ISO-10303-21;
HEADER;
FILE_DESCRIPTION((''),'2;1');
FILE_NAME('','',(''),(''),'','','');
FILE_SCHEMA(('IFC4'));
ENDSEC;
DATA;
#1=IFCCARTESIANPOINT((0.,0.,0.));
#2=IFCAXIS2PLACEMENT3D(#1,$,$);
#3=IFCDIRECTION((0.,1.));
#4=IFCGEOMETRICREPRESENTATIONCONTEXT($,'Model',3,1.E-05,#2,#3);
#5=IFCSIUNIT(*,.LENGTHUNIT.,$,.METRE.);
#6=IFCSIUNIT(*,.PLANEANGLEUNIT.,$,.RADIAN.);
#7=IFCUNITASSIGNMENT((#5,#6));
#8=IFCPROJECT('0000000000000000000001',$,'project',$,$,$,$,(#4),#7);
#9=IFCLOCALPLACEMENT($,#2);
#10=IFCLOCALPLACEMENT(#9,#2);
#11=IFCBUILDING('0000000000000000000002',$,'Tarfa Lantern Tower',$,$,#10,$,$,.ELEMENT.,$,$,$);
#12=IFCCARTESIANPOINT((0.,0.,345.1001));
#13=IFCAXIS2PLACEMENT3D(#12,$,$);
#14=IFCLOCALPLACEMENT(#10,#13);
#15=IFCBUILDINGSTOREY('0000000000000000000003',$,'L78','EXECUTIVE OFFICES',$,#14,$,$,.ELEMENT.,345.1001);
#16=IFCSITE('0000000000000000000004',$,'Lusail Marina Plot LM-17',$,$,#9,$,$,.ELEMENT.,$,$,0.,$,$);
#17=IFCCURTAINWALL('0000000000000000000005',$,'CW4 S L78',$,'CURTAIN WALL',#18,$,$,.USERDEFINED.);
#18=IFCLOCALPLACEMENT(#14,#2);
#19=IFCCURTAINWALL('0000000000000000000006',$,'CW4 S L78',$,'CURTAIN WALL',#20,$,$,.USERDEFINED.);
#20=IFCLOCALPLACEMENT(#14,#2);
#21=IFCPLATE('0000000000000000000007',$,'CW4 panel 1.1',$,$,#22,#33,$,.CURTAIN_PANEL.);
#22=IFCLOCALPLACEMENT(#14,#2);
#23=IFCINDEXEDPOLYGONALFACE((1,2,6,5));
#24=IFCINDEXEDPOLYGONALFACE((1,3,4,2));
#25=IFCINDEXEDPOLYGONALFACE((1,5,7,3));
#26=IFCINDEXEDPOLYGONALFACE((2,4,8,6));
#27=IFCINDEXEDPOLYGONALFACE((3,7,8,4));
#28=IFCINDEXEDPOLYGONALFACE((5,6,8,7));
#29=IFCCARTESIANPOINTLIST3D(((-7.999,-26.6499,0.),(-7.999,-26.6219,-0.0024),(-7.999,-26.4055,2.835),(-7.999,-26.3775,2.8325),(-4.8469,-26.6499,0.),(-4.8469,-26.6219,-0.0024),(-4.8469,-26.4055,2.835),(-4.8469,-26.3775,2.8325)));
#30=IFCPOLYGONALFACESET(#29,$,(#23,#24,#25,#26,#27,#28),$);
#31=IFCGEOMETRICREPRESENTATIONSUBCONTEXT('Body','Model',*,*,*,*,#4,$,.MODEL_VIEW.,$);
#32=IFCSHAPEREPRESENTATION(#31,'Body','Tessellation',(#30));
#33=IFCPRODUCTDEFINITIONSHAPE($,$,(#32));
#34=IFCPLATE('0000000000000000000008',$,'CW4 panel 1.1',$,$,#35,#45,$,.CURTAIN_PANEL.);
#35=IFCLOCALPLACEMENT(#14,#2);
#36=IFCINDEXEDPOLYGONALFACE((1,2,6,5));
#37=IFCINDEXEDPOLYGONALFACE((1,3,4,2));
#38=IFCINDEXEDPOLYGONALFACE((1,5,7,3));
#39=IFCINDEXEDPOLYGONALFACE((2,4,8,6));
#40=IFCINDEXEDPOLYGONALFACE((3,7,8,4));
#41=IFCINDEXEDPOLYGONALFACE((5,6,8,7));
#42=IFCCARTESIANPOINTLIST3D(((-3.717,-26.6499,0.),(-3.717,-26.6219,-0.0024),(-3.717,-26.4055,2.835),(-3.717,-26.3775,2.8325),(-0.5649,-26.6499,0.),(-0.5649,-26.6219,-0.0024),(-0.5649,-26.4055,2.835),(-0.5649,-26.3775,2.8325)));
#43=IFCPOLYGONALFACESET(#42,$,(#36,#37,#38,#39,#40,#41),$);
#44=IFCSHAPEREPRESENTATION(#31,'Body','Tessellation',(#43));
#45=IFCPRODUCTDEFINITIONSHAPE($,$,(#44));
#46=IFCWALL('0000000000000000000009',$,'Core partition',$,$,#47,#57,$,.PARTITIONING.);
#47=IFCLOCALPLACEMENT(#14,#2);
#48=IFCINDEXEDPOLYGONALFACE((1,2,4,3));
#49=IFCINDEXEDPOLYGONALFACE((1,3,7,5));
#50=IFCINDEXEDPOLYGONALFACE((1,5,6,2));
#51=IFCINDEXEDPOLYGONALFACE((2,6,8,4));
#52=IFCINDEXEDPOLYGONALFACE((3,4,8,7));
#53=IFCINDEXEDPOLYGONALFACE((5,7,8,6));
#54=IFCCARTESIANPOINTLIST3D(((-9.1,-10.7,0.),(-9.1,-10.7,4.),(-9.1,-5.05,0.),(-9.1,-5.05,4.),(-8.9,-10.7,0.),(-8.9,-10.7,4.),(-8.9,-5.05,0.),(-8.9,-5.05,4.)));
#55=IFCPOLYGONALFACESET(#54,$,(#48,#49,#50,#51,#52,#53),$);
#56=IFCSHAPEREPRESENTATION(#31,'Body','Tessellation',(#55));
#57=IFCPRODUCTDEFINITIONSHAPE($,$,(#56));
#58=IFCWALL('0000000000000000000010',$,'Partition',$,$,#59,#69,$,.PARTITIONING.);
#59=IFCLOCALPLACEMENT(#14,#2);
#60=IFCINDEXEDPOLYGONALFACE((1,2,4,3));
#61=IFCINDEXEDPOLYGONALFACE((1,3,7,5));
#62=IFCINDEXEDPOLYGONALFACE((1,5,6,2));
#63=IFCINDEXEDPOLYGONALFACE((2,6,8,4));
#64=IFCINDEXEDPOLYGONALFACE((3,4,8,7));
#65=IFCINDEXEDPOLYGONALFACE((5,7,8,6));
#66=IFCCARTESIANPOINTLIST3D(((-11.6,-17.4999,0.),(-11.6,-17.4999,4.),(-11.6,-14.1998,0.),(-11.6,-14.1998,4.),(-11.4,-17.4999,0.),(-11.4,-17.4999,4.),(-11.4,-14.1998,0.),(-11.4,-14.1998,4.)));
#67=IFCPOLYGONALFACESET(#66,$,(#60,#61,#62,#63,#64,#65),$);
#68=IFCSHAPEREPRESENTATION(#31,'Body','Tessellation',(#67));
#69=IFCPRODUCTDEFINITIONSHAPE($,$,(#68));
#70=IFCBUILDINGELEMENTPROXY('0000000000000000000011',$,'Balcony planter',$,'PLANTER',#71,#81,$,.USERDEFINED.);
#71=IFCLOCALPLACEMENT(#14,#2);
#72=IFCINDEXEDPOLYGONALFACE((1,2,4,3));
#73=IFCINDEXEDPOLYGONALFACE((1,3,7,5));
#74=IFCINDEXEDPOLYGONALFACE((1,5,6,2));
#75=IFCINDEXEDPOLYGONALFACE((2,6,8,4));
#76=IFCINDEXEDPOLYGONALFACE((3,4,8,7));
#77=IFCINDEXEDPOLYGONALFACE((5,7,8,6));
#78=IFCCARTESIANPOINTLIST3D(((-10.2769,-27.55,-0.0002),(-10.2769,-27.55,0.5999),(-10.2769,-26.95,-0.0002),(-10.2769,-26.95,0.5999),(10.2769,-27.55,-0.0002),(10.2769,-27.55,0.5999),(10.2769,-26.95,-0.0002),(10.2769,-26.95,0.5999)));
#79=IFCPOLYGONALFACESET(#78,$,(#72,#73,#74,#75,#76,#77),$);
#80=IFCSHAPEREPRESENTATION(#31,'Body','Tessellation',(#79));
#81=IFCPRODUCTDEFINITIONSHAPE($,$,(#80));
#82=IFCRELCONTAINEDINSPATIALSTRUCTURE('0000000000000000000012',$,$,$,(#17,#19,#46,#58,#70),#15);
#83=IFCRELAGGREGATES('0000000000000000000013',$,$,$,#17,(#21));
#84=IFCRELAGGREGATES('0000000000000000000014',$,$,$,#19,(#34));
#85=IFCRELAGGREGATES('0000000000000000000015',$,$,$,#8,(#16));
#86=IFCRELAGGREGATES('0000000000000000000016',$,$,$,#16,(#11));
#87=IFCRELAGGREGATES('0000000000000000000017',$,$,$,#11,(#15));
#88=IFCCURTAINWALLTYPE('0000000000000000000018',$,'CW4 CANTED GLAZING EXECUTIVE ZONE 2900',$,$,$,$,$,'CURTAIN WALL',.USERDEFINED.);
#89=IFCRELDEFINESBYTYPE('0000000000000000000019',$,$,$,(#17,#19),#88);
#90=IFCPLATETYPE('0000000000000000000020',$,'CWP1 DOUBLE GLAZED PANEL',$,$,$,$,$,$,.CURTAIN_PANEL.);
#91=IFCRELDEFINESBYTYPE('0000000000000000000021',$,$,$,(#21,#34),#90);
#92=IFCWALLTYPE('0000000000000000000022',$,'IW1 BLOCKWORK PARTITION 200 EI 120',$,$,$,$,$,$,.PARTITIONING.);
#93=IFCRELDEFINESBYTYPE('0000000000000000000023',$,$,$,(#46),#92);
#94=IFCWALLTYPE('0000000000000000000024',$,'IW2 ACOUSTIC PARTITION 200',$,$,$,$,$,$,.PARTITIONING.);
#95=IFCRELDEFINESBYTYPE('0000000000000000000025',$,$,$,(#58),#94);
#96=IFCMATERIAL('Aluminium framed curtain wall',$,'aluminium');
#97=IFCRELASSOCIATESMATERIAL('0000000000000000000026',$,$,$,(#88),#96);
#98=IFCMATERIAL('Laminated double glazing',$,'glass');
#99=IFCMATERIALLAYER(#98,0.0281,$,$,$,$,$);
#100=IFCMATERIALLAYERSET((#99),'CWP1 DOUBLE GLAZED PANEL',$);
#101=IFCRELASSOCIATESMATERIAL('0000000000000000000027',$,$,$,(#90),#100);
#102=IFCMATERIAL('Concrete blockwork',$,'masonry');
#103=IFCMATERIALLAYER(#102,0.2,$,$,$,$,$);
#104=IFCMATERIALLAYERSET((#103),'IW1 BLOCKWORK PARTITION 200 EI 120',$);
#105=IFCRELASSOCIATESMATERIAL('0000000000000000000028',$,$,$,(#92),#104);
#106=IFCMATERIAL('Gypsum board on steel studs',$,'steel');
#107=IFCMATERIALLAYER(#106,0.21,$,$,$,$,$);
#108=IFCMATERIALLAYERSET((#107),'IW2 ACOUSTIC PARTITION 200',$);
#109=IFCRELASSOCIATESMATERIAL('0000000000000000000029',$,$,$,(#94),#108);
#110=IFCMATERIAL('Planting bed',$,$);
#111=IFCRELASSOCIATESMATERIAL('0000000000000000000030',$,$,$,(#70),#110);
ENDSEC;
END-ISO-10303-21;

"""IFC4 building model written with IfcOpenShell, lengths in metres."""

from ifc_helpers import new_model, si_unit, direction, frame, frame_2d, origin, origin_2d, place, context, subcontext, project, spatial, polyline, rectangle, outline, extrude, material, layer, layer_set, type_object, element, aggregate, save


model = new_model("IFC4")

# Units and contexts
model_context = context("Model", 3, precision=1e-05, world=origin(), true_north=direction((0.0, 1.0)))
body_context = subcontext(model_context, "Body", "Model", "MODEL_VIEW")
ifc_project = project(units=[si_unit("LENGTHUNIT", "METRE"), si_unit("PLANEANGLEUNIT", "RADIAN")], contexts=[model_context])

# Site, building, storey
site_placement = place(None, origin())
site = spatial("IfcSite", under=ifc_project, at=site_placement, Name="Lusail Marina Plot LM-17", CompositionType="ELEMENT", RefElevation=0.0)
building_placement = place(site_placement, origin())
building = spatial("IfcBuilding", under=site, at=building_placement, Name="Tarfa Lantern Tower", CompositionType="ELEMENT")
storey_placement = place(building_placement, frame((0.0, 0.0, 345.1001)))
storey = spatial("IfcBuildingStorey", under=building, at=storey_placement, Name="L78", Description="EXECUTIVE OFFICES", CompositionType="ELEMENT", Elevation=345.1001)

# Shared definitions
ifc_material_1 = material(Name="Aluminium framed curtain wall", Category="aluminium")
curtain_wall_type = type_object("IfcCurtainWallType", Name="CW4 CANTED GLAZING EXECUTIVE ZONE 2900", ElementType="CURTAIN WALL", PredefinedType="USERDEFINED", material=ifc_material_1)

# Curtain walls
curtain_wall_1_placement = place(storey_placement, origin())
curtain_wall_1 = element("IfcCurtainWall", 1, at=curtain_wall_1_placement, inside=storey, type_object=curtain_wall_type, Name="CW4 S L78", ObjectType="CURTAIN WALL", PredefinedType="USERDEFINED")
curtain_wall_2_placement = place(storey_placement, origin())
curtain_wall_2 = element("IfcCurtainWall", 2, at=curtain_wall_2_placement, inside=storey, type_object=curtain_wall_type, Name="CW4 S L78", ObjectType="CURTAIN WALL", PredefinedType="USERDEFINED")

# Plates
ifc_material_2 = material(Name="Laminated double glazing", Category="glass")
ifc_layer_1 = layer(ifc_material_2, 0.0281)
ifc_layer_set_1 = layer_set([ifc_layer_1], Name="CWP1 DOUBLE GLAZED PANEL")
plate_type = type_object("IfcPlateType", Name="CWP1 DOUBLE GLAZED PANEL", PredefinedType="CURTAIN_PANEL", material=ifc_layer_set_1)
plate_1_placement = place(storey_placement, frame((-7.999, -26.6499, 0.0), z_axis=(0.0, -0.996305, 0.085885), x_axis=(1.0, 0.0, 0.0)))
plate_1 = element("IfcPlate", 3, at=plate_1_placement, type_object=plate_type, Name="CW4 panel 1.1", PredefinedType="CURTAIN_PANEL", context=body_context, shape_type="SweptSolid", body=[
    extrude(outline(polyline([(0.0, 0.0), (3.1521, 0.0), (3.1521, 2.8455), (0.0, 2.8455), (0.0, 0.0)])), origin(), (0.0, 0.0, -1.0), 0.0281),
])
aggregate(curtain_wall_1, [plate_1])
plate_2_placement = place(storey_placement, frame((-3.717, -26.6499, 0.0), z_axis=(0.0, -0.996305, 0.085885), x_axis=(1.0, 0.0, 0.0)))
plate_2 = element("IfcPlate", 4, at=plate_2_placement, type_object=plate_type, Name="CW4 panel 1.1", PredefinedType="CURTAIN_PANEL", context=body_context, shape_type="SweptSolid", body=[
    extrude(outline(polyline([(0.0, 0.0), (3.1521, 0.0), (3.1521, 2.8455), (0.0, 2.8455), (0.0, 0.0)])), origin(), (0.0, 0.0, -1.0), 0.0281),
])
aggregate(curtain_wall_2, [plate_2])

# Walls
ifc_material_3 = material(Name="Concrete blockwork", Category="masonry")
ifc_layer_2 = layer(ifc_material_3, 0.2)
ifc_layer_set_2 = layer_set([ifc_layer_2], Name="IW1 BLOCKWORK PARTITION 200 EI 120")
wall_type_1 = type_object("IfcWallType", Name="IW1 BLOCKWORK PARTITION 200 EI 120", PredefinedType="PARTITIONING", material=ifc_layer_set_2)
wall_1_placement = place(storey_placement, frame((-9.0, -5.05, 0.0), z_axis=(0.0, 0.0, 1.0), x_axis=(0.0, -1.0, 0.0)))
element("IfcWall", 5, at=wall_1_placement, inside=storey, type_object=wall_type_1, Name="Core partition", PredefinedType="PARTITIONING", context=body_context, shape_type="SweptSolid", body=[
    extrude(rectangle(XDim=5.6499, YDim=0.2, at=frame_2d((2.825, 0.0))), origin(), (0.0, 0.0, 1.0), 4.0),
])
ifc_material_4 = material(Name="Gypsum board on steel studs", Category="steel")
ifc_layer_3 = layer(ifc_material_4, 0.21)
ifc_layer_set_3 = layer_set([ifc_layer_3], Name="IW2 ACOUSTIC PARTITION 200")
wall_type_2 = type_object("IfcWallType", Name="IW2 ACOUSTIC PARTITION 200", PredefinedType="PARTITIONING", material=ifc_layer_set_3)
wall_2_placement = place(storey_placement, frame((-11.5, -14.2, 0.0), z_axis=(0.0, 0.0, 1.0), x_axis=(0.0, -1.0, 0.0)))
element("IfcWall", 6, at=wall_2_placement, inside=storey, type_object=wall_type_2, Name="Partition", PredefinedType="PARTITIONING", context=body_context, shape_type="SweptSolid", body=[
    extrude(rectangle(XDim=3.3, YDim=0.2, at=frame_2d((1.6499, 0.0))), origin(), (0.0, 0.0, 1.0), 4.0),
])

# Building element proxy
ifc_material_5 = material(Name="Planting bed")
proxy_placement = place(storey_placement, frame((0.0, -27.25, -0.0002), z_axis=(0.0, 0.0, 1.0), x_axis=(1.0, 0.0, 0.0)))
element("IfcBuildingElementProxy", 7, at=proxy_placement, inside=storey, material=ifc_material_5, Name="Balcony planter", ObjectType="PLANTER", PredefinedType="USERDEFINED", context=body_context, shape_type="SweptSolid", body=[
    extrude(rectangle(XDim=20.5537, YDim=0.6001, at=origin_2d()), origin(), (0.0, 0.0, 1.0), 0.6001),
])

save(model, "model.ifc")
